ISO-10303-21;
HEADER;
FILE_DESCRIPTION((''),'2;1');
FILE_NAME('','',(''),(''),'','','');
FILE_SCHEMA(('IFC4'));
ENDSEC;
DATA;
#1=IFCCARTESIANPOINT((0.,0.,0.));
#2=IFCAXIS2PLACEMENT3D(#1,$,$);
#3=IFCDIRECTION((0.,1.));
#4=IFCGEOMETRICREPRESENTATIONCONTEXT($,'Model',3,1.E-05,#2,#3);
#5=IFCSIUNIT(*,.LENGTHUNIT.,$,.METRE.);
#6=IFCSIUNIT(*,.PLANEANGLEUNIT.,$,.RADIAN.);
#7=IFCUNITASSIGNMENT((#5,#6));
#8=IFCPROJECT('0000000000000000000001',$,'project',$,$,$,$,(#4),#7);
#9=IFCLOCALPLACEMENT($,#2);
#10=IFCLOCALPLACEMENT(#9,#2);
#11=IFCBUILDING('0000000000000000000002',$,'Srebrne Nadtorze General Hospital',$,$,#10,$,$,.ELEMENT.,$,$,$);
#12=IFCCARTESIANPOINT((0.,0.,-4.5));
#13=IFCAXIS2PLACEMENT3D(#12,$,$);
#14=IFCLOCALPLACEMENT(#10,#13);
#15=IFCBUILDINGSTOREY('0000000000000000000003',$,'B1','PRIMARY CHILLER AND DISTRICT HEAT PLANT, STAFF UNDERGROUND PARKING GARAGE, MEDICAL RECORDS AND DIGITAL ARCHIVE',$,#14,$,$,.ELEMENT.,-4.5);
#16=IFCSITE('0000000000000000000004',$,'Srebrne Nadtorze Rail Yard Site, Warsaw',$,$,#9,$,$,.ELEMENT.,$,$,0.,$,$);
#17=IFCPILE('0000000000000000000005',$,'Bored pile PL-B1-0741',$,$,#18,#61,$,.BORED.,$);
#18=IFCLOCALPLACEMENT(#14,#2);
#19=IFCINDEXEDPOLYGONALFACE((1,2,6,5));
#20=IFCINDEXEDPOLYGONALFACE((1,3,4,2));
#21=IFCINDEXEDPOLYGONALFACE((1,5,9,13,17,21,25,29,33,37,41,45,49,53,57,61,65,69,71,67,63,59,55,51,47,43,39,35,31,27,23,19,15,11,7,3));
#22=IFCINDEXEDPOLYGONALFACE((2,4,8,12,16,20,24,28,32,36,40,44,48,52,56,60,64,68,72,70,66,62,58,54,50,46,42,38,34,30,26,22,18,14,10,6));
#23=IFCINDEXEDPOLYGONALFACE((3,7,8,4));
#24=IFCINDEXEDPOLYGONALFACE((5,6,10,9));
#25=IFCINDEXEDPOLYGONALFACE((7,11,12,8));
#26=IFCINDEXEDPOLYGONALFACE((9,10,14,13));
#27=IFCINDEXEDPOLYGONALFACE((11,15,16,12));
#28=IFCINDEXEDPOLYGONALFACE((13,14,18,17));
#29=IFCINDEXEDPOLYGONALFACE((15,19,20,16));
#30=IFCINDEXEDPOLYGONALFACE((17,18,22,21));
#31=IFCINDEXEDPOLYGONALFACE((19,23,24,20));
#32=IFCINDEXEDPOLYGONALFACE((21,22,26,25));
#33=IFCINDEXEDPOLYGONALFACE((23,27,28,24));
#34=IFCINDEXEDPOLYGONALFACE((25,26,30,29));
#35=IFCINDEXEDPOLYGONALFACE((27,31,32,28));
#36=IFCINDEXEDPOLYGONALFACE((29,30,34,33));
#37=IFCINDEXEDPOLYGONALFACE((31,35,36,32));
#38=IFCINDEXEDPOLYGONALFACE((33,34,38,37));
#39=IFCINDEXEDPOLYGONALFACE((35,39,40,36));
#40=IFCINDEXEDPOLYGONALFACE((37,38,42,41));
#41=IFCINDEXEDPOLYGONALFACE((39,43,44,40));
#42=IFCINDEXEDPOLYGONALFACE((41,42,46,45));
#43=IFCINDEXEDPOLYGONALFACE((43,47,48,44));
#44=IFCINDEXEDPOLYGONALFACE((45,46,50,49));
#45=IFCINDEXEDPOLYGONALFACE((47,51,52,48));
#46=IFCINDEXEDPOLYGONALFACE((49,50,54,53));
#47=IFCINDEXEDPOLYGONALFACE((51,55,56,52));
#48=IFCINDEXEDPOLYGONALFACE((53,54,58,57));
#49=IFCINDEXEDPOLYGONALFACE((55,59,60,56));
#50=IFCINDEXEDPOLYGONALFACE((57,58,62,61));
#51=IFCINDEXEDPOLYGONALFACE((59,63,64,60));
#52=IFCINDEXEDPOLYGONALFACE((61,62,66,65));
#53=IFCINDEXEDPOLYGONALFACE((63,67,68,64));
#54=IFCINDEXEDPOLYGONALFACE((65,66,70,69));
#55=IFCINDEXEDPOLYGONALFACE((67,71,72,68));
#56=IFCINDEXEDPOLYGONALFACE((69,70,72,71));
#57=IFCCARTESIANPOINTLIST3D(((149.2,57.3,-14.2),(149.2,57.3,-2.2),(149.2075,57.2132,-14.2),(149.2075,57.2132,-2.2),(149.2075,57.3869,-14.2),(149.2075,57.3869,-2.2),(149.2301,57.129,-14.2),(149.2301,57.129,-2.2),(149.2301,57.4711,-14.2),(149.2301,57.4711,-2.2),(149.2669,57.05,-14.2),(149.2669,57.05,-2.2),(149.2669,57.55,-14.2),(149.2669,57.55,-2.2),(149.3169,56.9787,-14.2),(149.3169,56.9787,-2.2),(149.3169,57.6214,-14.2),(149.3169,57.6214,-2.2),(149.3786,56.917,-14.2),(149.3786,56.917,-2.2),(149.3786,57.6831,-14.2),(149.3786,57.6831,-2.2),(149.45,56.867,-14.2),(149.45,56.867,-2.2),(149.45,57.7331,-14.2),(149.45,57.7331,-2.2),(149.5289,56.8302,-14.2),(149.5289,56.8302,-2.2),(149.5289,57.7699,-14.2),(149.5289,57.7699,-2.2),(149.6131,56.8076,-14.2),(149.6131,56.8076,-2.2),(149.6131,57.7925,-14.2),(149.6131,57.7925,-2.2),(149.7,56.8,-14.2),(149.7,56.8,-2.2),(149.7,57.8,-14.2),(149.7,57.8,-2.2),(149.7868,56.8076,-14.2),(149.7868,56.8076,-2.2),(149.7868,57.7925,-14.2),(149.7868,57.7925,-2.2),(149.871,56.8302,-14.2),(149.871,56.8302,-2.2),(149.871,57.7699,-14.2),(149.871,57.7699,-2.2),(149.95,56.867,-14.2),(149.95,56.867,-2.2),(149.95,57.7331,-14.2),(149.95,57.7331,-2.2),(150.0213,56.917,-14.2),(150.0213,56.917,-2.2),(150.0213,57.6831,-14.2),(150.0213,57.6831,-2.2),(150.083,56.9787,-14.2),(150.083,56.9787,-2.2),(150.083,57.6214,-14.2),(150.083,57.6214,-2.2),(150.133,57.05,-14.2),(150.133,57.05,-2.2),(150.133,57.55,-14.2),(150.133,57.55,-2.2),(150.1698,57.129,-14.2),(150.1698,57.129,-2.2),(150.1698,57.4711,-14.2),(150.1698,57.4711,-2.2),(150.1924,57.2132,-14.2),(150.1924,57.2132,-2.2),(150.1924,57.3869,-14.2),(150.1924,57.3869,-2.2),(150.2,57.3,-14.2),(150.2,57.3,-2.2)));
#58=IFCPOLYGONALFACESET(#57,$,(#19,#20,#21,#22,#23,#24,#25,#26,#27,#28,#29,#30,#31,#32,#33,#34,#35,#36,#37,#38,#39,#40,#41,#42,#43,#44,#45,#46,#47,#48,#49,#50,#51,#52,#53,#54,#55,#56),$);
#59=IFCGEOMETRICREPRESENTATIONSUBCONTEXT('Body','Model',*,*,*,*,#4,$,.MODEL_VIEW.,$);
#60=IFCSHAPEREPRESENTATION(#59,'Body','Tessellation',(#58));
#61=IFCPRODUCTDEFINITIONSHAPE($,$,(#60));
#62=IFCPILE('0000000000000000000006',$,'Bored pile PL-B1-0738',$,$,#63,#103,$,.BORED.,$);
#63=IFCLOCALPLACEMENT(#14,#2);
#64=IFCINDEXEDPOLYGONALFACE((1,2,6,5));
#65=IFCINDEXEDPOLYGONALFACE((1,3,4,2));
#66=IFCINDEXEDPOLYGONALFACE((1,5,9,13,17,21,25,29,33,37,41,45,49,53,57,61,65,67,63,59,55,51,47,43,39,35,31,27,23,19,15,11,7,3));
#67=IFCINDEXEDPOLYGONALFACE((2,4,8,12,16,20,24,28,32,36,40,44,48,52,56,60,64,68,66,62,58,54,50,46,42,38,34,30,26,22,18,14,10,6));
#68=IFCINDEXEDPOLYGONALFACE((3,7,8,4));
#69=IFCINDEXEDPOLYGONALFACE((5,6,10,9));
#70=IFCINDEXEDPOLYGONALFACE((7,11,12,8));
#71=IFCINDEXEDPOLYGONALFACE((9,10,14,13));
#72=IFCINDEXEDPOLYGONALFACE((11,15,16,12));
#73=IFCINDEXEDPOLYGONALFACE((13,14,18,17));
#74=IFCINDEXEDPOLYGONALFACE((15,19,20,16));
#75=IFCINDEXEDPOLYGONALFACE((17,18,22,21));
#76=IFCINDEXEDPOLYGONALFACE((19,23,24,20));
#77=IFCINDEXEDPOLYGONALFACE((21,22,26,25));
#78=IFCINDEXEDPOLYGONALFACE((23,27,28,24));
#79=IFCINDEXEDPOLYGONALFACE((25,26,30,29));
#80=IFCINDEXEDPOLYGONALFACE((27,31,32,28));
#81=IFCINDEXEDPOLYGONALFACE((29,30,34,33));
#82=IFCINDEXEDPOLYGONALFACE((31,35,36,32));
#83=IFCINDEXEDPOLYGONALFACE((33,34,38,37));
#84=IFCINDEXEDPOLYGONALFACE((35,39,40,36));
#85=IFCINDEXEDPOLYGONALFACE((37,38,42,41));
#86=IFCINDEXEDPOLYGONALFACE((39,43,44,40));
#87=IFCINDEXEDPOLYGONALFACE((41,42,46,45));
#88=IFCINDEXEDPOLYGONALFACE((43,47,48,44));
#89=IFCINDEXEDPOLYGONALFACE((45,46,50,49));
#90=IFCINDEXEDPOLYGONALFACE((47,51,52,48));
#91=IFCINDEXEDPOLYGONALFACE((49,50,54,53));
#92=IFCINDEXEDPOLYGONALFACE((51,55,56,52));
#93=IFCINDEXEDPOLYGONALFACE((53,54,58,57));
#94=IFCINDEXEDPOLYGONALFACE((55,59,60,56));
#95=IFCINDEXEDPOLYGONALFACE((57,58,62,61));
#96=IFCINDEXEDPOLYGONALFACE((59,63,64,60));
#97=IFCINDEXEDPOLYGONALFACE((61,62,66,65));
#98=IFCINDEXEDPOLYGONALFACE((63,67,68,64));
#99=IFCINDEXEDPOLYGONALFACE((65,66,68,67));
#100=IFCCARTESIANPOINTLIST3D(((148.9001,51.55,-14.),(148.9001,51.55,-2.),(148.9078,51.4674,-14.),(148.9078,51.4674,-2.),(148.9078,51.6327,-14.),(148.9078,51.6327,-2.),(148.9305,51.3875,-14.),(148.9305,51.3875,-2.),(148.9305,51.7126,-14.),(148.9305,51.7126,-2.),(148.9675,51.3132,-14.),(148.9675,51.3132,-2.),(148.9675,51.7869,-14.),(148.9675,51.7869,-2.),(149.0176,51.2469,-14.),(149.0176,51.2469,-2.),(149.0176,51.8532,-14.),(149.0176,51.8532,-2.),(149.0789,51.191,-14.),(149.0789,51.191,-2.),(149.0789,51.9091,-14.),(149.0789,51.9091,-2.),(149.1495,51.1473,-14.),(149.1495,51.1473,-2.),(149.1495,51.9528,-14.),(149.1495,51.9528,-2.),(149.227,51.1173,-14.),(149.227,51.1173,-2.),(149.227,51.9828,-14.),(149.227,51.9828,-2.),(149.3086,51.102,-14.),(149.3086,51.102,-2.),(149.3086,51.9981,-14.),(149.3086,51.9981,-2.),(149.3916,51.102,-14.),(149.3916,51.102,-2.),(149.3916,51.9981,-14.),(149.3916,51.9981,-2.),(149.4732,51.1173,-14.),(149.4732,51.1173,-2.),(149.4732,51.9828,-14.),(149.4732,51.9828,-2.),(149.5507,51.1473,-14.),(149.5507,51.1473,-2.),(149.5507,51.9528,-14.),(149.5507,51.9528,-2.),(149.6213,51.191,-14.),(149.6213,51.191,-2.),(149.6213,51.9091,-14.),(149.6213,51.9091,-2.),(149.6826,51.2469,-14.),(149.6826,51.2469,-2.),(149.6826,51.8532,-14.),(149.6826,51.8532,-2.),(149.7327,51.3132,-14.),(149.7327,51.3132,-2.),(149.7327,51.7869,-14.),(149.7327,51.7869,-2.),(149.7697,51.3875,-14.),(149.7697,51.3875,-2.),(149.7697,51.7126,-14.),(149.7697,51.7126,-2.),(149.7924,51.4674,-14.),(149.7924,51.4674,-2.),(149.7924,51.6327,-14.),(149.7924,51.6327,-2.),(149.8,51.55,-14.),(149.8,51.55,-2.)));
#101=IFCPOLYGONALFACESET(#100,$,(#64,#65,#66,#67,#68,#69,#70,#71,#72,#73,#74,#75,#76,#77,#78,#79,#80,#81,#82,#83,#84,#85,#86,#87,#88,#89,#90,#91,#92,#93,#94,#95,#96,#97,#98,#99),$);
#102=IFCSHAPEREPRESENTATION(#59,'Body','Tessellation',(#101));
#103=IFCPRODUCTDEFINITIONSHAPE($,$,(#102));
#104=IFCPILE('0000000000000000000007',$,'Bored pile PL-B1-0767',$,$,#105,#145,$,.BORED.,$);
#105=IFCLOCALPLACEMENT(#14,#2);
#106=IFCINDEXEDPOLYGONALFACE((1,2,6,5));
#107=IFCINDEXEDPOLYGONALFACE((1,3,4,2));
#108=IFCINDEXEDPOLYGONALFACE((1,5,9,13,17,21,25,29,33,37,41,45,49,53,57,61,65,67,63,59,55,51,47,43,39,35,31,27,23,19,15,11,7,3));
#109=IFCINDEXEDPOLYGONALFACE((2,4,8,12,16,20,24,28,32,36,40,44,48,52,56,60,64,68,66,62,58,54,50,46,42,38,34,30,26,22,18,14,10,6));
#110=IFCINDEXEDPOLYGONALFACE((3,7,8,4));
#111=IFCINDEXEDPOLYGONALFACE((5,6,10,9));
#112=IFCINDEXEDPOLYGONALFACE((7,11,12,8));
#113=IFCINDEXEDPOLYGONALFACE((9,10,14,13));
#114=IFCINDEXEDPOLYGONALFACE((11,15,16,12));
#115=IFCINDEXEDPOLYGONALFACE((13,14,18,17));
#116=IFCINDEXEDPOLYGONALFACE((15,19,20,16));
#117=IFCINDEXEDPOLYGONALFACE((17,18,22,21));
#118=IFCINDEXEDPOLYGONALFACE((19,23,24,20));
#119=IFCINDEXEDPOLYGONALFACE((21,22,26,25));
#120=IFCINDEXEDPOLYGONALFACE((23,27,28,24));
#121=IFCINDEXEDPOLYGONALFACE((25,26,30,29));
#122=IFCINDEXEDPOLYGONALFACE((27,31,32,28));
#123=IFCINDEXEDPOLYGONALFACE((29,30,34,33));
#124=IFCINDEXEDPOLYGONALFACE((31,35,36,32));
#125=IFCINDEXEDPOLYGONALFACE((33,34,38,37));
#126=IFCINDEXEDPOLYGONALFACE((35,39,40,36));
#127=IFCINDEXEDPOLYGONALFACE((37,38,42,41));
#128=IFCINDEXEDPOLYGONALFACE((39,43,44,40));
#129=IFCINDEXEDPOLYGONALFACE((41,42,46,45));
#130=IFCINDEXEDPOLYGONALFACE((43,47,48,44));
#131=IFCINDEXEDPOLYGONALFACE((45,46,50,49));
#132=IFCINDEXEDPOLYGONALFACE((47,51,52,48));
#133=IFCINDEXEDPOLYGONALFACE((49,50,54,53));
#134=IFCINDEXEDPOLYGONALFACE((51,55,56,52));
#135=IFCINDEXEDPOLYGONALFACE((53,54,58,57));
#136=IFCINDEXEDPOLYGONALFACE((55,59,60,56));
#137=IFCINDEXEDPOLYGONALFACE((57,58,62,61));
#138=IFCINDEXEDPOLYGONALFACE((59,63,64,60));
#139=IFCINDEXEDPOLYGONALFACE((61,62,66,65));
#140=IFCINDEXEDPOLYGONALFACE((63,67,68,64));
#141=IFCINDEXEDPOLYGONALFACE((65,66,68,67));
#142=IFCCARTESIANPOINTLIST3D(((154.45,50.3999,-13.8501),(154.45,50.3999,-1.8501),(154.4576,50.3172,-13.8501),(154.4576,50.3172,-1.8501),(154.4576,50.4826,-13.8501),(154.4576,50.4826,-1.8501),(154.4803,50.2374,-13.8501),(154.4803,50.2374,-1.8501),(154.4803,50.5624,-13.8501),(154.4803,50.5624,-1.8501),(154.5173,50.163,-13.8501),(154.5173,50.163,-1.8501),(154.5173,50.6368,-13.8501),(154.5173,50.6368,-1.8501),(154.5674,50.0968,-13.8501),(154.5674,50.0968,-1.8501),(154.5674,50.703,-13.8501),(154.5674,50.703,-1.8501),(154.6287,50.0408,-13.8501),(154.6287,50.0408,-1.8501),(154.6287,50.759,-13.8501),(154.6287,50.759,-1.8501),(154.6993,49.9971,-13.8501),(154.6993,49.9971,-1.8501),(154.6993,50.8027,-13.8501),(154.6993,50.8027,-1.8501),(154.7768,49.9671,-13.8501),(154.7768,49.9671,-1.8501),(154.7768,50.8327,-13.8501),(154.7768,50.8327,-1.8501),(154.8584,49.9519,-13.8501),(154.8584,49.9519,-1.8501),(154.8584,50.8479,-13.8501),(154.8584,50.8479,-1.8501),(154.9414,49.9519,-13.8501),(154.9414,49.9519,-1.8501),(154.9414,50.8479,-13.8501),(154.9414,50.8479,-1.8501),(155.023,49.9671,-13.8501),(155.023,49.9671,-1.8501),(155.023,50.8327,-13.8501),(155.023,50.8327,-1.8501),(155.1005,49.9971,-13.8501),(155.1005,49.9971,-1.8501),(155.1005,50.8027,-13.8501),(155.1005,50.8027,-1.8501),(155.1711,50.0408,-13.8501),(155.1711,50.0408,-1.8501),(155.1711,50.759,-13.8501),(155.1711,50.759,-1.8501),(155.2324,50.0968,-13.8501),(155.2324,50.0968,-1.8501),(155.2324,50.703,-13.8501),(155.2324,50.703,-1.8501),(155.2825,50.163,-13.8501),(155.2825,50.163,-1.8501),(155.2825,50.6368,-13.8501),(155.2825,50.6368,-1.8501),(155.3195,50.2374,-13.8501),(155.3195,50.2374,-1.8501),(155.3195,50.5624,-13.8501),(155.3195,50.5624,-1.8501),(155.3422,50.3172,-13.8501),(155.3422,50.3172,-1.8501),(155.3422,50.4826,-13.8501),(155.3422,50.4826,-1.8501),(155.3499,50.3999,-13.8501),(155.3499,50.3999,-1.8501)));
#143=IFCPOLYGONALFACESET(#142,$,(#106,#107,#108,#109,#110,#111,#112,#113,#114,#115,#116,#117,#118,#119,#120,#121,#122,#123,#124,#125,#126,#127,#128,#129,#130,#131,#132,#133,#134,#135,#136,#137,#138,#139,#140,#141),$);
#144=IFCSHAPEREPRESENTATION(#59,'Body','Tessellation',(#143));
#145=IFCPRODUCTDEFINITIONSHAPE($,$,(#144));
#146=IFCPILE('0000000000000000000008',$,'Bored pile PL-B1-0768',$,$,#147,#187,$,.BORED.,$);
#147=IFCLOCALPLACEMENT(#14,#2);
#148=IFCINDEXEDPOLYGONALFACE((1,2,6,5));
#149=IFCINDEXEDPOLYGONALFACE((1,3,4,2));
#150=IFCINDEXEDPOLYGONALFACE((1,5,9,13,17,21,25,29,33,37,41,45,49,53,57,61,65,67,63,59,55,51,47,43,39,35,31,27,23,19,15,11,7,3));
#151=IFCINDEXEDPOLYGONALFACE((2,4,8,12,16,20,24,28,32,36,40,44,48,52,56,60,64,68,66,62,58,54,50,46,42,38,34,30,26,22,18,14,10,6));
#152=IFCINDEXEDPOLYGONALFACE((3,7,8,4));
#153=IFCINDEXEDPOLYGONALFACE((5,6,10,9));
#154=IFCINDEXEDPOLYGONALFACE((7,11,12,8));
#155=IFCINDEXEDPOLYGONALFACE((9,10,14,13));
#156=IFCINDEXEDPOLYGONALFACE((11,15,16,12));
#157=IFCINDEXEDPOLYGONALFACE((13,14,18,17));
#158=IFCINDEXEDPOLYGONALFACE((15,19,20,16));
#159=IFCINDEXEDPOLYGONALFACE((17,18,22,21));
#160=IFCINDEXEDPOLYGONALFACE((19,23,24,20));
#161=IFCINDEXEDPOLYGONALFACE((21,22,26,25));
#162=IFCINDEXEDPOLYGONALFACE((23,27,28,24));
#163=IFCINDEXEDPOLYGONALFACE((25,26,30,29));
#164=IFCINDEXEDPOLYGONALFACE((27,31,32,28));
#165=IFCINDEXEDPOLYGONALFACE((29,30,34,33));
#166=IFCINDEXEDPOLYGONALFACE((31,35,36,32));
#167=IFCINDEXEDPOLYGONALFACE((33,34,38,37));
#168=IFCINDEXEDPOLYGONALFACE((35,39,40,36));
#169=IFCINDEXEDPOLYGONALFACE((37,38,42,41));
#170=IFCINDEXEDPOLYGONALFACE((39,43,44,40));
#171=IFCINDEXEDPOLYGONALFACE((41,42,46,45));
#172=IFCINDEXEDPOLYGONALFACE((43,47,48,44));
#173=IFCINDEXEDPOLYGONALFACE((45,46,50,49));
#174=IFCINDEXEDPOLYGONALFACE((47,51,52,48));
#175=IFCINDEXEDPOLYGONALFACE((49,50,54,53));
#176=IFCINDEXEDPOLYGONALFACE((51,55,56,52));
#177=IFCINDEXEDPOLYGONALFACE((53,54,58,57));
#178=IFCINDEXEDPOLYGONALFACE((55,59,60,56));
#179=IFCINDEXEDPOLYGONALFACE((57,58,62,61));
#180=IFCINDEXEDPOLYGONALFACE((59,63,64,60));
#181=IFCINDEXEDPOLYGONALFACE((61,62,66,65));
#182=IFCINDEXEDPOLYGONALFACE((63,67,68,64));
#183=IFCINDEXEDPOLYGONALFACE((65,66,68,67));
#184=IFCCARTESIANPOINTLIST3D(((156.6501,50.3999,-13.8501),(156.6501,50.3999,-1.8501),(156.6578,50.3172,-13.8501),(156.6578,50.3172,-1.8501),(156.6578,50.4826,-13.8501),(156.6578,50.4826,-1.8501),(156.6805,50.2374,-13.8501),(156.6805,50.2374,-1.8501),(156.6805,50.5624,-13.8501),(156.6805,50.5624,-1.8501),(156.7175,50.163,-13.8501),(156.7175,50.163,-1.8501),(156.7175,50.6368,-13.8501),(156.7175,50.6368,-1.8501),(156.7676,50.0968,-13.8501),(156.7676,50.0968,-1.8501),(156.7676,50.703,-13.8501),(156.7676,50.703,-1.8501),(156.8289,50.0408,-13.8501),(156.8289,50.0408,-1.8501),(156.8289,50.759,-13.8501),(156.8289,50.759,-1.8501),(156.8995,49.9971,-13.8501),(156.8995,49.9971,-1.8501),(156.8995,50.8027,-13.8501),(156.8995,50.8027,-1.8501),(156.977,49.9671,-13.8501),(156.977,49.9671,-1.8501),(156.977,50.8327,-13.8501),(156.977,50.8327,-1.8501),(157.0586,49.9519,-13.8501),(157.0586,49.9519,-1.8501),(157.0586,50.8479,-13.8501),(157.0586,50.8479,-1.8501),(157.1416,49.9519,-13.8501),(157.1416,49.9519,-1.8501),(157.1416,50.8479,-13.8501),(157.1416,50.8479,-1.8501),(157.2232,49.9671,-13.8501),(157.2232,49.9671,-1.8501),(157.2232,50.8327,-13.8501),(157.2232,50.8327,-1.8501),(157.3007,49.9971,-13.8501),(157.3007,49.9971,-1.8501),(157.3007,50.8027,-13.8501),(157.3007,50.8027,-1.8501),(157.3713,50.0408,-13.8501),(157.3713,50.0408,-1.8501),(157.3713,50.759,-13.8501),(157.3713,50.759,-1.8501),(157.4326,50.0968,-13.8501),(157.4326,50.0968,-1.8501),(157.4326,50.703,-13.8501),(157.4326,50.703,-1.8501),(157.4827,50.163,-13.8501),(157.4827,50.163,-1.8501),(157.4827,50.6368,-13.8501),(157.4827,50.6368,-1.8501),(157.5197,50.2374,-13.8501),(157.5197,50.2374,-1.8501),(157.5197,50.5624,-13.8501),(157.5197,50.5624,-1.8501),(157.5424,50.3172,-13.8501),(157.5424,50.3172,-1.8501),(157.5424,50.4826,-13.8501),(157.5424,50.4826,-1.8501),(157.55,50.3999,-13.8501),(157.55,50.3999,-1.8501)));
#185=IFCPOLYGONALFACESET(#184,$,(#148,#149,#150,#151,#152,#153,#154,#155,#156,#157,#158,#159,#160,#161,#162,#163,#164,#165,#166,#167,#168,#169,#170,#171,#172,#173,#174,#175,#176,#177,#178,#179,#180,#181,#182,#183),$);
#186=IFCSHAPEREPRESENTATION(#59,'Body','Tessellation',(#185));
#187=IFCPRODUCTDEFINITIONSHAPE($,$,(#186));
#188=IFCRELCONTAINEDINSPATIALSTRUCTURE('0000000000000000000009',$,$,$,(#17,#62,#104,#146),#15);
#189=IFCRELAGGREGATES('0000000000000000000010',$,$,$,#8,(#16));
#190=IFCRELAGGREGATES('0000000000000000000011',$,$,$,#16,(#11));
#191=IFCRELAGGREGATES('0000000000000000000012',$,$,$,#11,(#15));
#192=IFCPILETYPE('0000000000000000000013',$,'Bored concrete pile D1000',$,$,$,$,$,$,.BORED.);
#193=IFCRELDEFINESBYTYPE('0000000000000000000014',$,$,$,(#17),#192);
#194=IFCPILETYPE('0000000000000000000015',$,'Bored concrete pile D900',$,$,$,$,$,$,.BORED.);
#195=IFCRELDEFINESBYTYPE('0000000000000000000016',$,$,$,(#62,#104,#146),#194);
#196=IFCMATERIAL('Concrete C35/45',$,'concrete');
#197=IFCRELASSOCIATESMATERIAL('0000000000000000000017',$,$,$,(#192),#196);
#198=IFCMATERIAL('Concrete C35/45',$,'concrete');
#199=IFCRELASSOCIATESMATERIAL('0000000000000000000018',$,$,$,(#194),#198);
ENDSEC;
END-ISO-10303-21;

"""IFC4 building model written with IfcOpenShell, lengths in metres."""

from ifc_helpers import new_model, si_unit, direction, frame, origin, origin_2d, place, context, subcontext, project, spatial, circle, extrude, material, material_profile, profile_set, type_object, element, save


model = new_model("IFC4")

# Units and contexts
model_context = context("Model", 3, precision=1e-05, world=origin(), true_north=direction((0.0, 1.0)))
body_context = subcontext(model_context, "Body", "Model", "MODEL_VIEW")
ifc_project = project(units=[si_unit("LENGTHUNIT", "METRE"), si_unit("PLANEANGLEUNIT", "RADIAN")], contexts=[model_context])

# Site, building, storey
site_placement = place(None, origin())
site = spatial("IfcSite", under=ifc_project, at=site_placement, Name="Srebrne Nadtorze Rail Yard Site, Warsaw", CompositionType="ELEMENT", RefElevation=0.0)
building_placement = place(site_placement, origin())
building = spatial("IfcBuilding", under=site, at=building_placement, Name="Srebrne Nadtorze General Hospital", CompositionType="ELEMENT")
storey_placement = place(building_placement, frame((0.0, 0.0, -4.5)))
storey = spatial("IfcBuildingStorey", under=building, at=storey_placement, Name="B1", Description="PRIMARY CHILLER AND DISTRICT HEAT PLANT, STAFF UNDERGROUND PARKING GARAGE, MEDICAL RECORDS AND DIGITAL ARCHIVE", CompositionType="ELEMENT", Elevation=-4.5)

# Piles
ifc_material_1 = material(Name="Concrete C35/45", Category="concrete")
ifc_material_profile_1 = material_profile(ifc_material_1, circle(Radius=0.5, at=origin_2d()), Name="PILE-D1000")
ifc_profile_set_1 = profile_set([ifc_material_profile_1], Name="Concrete C35/45")
pile_type_1 = type_object("IfcPileType", Name="Bored concrete pile D1000", PredefinedType="BORED", material=ifc_profile_set_1)
pile_placement = place(storey_placement, frame((149.7, 57.3, -2.2), z_axis=(0.0, 0.0, -1.0), x_axis=(1.0, 0.0, 0.0)))
element("IfcPile", 1, at=pile_placement, inside=storey, type_object=pile_type_1, Name="Bored pile PL-B1-0741", PredefinedType="BORED", context=body_context, shape_type="SweptSolid", body=[
    extrude(circle(Radius=0.5, at=origin_2d()), origin(), (0.0, 0.0, 1.0), 12.0),
])
ifc_material_2 = material(Name="Concrete C35/45", Category="concrete")
ifc_material_profile_2 = material_profile(ifc_material_2, circle(Radius=0.45, at=origin_2d()), Name="PILE-D900")
ifc_profile_set_2 = profile_set([ifc_material_profile_2], Name="Concrete C35/45")
pile_type_2 = type_object("IfcPileType", Name="Bored concrete pile D900", PredefinedType="BORED", material=ifc_profile_set_2)
for number, where, z_axis, x_axis, name in (
    (2, (149.3501, 51.55, -2.0), (0.0, 0.0, -1.0), (1.0, 0.0, 0.0), "Bored pile PL-B1-0738"),
    (3, (154.8999, 50.3999, -1.8501), (0.0, 0.0, -1.0), (1.0, 0.0, 0.0), "Bored pile PL-B1-0767"),
    (4, (157.1001, 50.3999, -1.8501), (0.0, 0.0, -1.0), (1.0, 0.0, 0.0), "Bored pile PL-B1-0768"),
):
    element("IfcPile", number, at=place(storey_placement, frame(where, z_axis=z_axis, x_axis=x_axis)), inside=storey, type_object=pile_type_2, Name=name, PredefinedType="BORED", context=body_context, shape_type="SweptSolid", body=[
        extrude(circle(Radius=0.45, at=origin_2d()), origin(), (0.0, 0.0, 1.0), 12.0),
    ])

save(model, "model.ifc")
